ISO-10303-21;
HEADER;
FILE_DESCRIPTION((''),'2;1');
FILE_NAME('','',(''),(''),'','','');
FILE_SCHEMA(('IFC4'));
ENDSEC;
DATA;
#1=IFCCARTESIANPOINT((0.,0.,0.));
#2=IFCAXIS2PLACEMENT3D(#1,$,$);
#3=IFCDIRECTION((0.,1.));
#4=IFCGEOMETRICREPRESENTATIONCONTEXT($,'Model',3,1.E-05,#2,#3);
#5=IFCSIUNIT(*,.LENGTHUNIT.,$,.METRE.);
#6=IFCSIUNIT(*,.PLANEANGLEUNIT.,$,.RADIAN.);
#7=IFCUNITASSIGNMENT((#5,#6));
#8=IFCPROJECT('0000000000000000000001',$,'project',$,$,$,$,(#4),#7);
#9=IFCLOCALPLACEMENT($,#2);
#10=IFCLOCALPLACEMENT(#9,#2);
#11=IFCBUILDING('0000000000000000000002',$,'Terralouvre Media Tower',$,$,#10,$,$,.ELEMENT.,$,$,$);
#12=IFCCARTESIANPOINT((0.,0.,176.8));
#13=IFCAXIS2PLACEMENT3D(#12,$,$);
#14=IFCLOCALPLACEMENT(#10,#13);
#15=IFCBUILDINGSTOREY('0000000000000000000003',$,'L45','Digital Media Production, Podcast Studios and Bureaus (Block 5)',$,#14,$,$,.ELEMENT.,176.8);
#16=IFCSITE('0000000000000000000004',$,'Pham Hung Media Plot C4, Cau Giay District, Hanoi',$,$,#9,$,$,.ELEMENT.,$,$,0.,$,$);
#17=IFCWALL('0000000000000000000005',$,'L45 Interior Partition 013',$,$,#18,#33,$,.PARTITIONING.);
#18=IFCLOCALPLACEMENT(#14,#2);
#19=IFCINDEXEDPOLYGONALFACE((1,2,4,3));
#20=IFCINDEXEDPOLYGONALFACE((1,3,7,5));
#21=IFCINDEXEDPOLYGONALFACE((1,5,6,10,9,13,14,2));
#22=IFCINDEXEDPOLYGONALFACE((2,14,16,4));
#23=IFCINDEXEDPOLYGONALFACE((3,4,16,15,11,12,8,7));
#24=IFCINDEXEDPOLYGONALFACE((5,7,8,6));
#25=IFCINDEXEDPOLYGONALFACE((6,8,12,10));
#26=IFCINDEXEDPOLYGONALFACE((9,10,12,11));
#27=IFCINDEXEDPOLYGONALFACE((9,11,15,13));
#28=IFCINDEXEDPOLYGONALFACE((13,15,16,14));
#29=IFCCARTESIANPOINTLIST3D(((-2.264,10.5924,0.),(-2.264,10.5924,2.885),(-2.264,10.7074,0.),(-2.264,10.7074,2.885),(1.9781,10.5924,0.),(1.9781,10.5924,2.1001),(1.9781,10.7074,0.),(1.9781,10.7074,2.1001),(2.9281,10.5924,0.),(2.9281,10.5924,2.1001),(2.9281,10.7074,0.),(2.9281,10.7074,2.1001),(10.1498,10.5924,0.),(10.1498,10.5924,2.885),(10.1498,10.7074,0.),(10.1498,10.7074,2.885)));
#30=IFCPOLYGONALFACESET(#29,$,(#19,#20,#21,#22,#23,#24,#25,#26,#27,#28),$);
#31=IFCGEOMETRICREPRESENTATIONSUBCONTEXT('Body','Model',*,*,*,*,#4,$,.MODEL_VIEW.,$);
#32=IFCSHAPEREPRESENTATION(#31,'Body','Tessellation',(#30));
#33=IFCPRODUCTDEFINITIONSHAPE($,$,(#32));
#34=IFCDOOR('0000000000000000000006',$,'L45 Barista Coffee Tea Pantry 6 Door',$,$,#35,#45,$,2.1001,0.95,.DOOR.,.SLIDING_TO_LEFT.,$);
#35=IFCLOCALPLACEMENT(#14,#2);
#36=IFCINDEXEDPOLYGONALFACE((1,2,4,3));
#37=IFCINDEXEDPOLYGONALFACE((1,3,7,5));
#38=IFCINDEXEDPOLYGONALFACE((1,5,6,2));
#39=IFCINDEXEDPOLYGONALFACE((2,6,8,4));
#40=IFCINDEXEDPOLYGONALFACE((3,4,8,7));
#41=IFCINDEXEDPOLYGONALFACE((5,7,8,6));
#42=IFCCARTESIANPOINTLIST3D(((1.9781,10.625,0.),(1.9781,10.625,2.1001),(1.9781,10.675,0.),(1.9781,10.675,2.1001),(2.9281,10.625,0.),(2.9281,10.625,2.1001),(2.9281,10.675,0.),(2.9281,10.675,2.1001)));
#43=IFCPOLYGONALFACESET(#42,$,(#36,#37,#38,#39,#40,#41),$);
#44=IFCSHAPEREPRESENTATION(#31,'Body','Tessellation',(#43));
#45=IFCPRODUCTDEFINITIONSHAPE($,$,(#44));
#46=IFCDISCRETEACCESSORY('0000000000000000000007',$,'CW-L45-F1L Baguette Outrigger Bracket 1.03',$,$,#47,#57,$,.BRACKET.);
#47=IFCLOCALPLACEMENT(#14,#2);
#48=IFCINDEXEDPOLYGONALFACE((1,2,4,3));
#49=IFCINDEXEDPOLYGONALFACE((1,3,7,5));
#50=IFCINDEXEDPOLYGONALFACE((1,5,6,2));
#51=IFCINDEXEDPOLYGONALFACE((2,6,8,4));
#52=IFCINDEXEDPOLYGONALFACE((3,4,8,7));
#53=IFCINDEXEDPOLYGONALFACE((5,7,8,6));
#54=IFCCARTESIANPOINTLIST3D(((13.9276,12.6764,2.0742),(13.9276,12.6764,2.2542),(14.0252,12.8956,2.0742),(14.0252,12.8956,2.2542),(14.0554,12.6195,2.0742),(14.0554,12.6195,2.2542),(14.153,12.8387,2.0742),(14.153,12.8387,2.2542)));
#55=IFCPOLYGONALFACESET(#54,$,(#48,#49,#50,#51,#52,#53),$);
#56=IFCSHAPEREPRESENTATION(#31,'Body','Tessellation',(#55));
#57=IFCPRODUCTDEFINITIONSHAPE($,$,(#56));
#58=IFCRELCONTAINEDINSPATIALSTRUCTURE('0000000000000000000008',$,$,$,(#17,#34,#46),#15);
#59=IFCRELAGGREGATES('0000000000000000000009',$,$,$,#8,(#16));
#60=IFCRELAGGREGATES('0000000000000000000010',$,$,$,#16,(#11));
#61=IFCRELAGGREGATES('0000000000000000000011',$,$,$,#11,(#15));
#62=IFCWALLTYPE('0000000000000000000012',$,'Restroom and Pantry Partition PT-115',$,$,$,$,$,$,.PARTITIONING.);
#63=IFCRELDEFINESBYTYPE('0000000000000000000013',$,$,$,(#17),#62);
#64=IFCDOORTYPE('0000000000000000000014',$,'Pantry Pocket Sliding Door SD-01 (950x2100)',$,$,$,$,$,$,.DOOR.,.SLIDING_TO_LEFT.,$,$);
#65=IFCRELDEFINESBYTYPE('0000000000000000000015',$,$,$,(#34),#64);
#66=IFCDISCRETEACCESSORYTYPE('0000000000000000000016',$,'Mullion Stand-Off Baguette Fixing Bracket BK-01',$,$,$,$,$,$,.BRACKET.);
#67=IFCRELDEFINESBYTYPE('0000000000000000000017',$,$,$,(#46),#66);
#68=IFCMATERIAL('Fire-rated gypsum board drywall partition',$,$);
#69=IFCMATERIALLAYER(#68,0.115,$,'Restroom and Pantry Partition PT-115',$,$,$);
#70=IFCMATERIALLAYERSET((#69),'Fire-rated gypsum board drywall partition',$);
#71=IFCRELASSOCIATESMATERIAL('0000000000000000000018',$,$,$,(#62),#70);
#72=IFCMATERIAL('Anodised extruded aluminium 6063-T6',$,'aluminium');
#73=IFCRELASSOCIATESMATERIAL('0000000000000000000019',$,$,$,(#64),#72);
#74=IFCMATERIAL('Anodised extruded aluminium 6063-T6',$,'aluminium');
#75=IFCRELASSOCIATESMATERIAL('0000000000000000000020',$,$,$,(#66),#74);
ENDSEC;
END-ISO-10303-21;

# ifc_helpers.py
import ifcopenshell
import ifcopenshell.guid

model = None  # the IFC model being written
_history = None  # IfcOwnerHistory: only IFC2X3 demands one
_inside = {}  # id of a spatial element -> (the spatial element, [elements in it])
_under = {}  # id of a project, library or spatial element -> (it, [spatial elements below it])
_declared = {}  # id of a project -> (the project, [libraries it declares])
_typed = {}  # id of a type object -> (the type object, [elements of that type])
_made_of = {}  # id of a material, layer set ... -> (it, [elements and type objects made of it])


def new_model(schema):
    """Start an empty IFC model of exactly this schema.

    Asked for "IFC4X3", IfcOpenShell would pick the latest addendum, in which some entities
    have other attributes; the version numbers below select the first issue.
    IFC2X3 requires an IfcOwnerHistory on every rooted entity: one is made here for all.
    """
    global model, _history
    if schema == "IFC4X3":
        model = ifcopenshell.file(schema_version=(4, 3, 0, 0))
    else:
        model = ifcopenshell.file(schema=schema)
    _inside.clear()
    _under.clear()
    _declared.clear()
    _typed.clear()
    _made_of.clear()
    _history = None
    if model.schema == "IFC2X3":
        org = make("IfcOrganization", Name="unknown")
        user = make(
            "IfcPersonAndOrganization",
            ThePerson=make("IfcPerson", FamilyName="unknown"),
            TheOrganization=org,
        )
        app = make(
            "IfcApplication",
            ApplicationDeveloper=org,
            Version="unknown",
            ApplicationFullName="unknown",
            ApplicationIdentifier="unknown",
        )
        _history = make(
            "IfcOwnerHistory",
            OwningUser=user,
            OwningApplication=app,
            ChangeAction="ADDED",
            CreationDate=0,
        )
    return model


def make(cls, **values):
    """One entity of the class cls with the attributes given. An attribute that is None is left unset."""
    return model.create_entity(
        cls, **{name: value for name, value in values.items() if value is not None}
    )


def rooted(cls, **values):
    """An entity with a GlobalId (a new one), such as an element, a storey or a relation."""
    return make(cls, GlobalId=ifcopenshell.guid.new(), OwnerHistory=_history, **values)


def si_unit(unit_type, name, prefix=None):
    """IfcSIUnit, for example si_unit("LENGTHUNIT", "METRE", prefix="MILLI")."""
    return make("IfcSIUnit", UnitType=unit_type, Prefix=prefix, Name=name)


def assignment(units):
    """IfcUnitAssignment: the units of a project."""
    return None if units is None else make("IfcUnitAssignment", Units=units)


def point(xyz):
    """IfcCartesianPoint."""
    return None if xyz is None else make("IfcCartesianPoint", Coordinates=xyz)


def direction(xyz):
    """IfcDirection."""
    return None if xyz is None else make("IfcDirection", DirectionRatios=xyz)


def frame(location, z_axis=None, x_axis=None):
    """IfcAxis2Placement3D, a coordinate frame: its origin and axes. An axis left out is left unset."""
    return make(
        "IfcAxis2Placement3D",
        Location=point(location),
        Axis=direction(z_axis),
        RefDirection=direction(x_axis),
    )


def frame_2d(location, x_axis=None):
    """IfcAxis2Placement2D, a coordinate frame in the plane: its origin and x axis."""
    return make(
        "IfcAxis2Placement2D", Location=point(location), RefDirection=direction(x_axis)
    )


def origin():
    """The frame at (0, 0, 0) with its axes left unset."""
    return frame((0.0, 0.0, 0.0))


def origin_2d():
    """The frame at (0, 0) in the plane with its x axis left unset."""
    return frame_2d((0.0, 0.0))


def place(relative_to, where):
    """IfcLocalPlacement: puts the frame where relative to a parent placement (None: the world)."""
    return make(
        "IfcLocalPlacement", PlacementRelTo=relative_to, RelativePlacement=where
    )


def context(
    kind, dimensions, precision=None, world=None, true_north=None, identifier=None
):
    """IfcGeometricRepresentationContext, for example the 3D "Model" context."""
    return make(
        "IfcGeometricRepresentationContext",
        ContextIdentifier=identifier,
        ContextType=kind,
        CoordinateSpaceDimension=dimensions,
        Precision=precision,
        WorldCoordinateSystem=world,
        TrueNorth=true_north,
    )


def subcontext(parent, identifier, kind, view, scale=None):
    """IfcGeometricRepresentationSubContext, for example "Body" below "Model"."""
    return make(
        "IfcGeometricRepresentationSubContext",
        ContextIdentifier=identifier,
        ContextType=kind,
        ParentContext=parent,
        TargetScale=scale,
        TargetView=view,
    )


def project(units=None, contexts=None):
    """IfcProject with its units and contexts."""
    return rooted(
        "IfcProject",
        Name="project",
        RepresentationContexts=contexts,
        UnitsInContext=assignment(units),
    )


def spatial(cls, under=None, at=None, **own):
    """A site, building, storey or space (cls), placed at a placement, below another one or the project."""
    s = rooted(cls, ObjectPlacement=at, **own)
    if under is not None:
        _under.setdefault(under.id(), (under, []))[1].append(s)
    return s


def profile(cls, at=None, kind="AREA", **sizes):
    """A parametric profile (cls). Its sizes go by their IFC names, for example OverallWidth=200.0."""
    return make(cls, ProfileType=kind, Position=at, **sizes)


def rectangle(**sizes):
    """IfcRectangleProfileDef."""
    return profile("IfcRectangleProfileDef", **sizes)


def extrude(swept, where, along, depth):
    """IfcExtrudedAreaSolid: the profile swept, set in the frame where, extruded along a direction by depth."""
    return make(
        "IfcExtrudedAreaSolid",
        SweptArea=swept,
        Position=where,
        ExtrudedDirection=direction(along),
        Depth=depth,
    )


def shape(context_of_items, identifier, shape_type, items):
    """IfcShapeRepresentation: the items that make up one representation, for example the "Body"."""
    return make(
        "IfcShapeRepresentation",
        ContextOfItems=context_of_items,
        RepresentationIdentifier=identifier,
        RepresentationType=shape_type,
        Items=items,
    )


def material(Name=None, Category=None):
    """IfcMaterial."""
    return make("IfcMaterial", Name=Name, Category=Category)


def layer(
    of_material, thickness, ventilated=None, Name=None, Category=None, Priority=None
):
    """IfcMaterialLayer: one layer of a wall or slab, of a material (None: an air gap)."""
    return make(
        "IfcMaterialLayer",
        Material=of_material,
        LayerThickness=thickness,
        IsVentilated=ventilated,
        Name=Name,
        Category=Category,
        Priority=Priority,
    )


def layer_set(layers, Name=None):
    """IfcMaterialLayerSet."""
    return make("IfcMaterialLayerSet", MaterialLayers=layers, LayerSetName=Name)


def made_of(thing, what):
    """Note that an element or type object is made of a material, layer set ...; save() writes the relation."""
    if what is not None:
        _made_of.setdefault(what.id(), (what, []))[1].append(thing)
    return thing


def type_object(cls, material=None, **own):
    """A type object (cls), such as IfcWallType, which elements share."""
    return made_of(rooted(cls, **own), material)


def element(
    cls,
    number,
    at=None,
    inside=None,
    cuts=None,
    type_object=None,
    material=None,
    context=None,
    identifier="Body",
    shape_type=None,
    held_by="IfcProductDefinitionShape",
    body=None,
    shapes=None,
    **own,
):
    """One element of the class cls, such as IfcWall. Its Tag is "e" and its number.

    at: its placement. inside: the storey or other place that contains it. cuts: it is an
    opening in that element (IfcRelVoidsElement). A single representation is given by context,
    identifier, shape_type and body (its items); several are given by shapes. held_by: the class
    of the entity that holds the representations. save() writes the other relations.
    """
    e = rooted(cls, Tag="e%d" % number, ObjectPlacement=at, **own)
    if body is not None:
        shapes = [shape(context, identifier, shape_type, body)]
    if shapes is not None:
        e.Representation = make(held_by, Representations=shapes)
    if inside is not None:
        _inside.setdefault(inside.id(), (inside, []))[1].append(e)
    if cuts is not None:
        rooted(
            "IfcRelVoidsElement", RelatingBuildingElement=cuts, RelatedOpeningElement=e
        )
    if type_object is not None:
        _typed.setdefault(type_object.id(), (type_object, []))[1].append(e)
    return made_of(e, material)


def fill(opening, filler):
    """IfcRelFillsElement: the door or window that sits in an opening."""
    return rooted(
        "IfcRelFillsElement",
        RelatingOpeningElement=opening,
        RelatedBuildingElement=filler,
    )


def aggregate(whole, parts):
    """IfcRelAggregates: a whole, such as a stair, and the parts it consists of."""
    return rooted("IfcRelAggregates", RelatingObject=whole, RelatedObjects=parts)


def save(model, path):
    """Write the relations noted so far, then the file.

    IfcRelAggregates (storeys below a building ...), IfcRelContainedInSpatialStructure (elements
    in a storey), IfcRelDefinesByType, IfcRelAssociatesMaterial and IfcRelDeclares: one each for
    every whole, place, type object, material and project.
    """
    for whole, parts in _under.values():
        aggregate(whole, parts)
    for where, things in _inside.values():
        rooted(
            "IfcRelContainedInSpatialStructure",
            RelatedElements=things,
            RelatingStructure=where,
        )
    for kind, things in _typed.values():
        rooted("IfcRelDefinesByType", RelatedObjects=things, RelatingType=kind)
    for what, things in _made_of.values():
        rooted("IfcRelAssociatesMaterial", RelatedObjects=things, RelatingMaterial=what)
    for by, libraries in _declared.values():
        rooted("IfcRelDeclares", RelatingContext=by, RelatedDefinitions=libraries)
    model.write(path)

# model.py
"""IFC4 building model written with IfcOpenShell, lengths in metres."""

from ifc_helpers import new_model, si_unit, direction, frame, frame_2d, origin, origin_2d, place, context, subcontext, project, spatial, rectangle, extrude, material, layer, layer_set, type_object, element, fill, save


model = new_model("IFC4")

# Units and contexts
model_context = context("Model", 3, precision=1e-05, world=origin(), true_north=direction((0.0, 1.0)))
body_context = subcontext(model_context, "Body", "Model", "MODEL_VIEW")
ifc_project = project(units=[si_unit("LENGTHUNIT", "METRE"), si_unit("PLANEANGLEUNIT", "RADIAN")], contexts=[model_context])

# Site, building, storey
site_placement = place(None, origin())
site = spatial("IfcSite", under=ifc_project, at=site_placement, Name="Pham Hung Media Plot C4, Cau Giay District, Hanoi", CompositionType="ELEMENT", RefElevation=0.0)
building_placement = place(site_placement, origin())
building = spatial("IfcBuilding", under=site, at=building_placement, Name="Terralouvre Media Tower", CompositionType="ELEMENT")
storey_placement = place(building_placement, frame((0.0, 0.0, 176.8)))
storey = spatial("IfcBuildingStorey", under=building, at=storey_placement, Name="L45", Description="Digital Media Production, Podcast Studios and Bureaus (Block 5)", CompositionType="ELEMENT", Elevation=176.8)

# Shared definitions
ifc_material_1 = material(Name="Fire-rated gypsum board drywall partition")
ifc_layer_1 = layer(ifc_material_1, 0.115, Name="Restroom and Pantry Partition PT-115")
ifc_layer_set_1 = layer_set([ifc_layer_1], Name="Fire-rated gypsum board drywall partition")
wall_type_1 = type_object("IfcWallType", Name="Restroom and Pantry Partition PT-115", PredefinedType="PARTITIONING", material=ifc_layer_set_1)

# Wall, opening, door
wall_1_placement = place(storey_placement, frame((10.1499, 10.6499, 0.0), z_axis=(0.0, 0.0, 1.0), x_axis=(-1.0, 0.0, 0.0)))
wall_1 = element("IfcWall", 1, at=wall_1_placement, inside=storey, type_object=wall_type_1, Name="L45 Interior Partition 013", PredefinedType="PARTITIONING", context=body_context, shape_type="SweptSolid", body=[
    extrude(rectangle(XDim=12.4138, YDim=0.115, at=frame_2d((6.207, 0.0))), origin(), (0.0, 0.0, 1.0), 2.885),
])
opening_1_placement = place(wall_1_placement, frame((7.2217, 0.0, 0.0)))
opening_1 = element("IfcOpeningElement", 2, at=opening_1_placement, cuts=wall_1, PredefinedType="OPENING", context=body_context, shape_type="SweptSolid", body=[
    extrude(rectangle(XDim=0.95, YDim=2.1001, at=frame_2d((0.4751, 1.05))), frame((0.0, 0.0674, 0.0), z_axis=(0.0, -1.0, 0.0), x_axis=(1.0, 0.0, 0.0)), (0.0, 0.0, 1.0), 0.135),
])
ifc_material_2 = material(Name="Anodised extruded aluminium 6063-T6", Category="aluminium")
door_type_1 = type_object("IfcDoorType", Name="Pantry Pocket Sliding Door SD-01 (950x2100)", OperationType="SLIDING_TO_LEFT", PredefinedType="DOOR", material=ifc_material_2)
door_1_placement = place(opening_1_placement, origin())
door_1 = element("IfcDoor", 3, at=door_1_placement, inside=storey, type_object=door_type_1, Name="L45 Barista Coffee Tea Pantry 6 Door", OperationType="SLIDING_TO_LEFT", OverallHeight=2.1001, OverallWidth=0.95, PredefinedType="DOOR", context=body_context, shape_type="SweptSolid", body=[
    extrude(rectangle(XDim=0.95, YDim=2.1001, at=frame_2d((0.4751, 1.05))), frame((0.0, 0.0249, 0.0), z_axis=(0.0, -1.0, 0.0), x_axis=(1.0, 0.0, 0.0)), (0.0, 0.0, 1.0), 0.05),
])
fill(opening_1, door_1)

# Discrete accessory
ifc_material_3 = material(Name="Anodised extruded aluminium 6063-T6", Category="aluminium")
discrete_accessory_type = type_object("IfcDiscreteAccessoryType", Name="Mullion Stand-Off Baguette Fixing Bracket BK-01", PredefinedType="BRACKET", material=ifc_material_3)
discrete_accessory_placement = place(storey_placement, frame((14.0403, 12.7576, 2.0742), z_axis=(0.0, 0.0, 1.0), x_axis=(-0.913545, 0.406737, 0.0)))
element("IfcDiscreteAccessory", 4, at=discrete_accessory_placement, inside=storey, type_object=discrete_accessory_type, Name="CW-L45-F1L Baguette Outrigger Bracket 1.03", PredefinedType="BRACKET", context=body_context, shape_type="SweptSolid", body=[
    extrude(rectangle(XDim=0.1399, YDim=0.24, at=origin_2d()), origin(), (0.0, 0.0, 1.0), 0.1799),
])

save(model, "model.ifc")
